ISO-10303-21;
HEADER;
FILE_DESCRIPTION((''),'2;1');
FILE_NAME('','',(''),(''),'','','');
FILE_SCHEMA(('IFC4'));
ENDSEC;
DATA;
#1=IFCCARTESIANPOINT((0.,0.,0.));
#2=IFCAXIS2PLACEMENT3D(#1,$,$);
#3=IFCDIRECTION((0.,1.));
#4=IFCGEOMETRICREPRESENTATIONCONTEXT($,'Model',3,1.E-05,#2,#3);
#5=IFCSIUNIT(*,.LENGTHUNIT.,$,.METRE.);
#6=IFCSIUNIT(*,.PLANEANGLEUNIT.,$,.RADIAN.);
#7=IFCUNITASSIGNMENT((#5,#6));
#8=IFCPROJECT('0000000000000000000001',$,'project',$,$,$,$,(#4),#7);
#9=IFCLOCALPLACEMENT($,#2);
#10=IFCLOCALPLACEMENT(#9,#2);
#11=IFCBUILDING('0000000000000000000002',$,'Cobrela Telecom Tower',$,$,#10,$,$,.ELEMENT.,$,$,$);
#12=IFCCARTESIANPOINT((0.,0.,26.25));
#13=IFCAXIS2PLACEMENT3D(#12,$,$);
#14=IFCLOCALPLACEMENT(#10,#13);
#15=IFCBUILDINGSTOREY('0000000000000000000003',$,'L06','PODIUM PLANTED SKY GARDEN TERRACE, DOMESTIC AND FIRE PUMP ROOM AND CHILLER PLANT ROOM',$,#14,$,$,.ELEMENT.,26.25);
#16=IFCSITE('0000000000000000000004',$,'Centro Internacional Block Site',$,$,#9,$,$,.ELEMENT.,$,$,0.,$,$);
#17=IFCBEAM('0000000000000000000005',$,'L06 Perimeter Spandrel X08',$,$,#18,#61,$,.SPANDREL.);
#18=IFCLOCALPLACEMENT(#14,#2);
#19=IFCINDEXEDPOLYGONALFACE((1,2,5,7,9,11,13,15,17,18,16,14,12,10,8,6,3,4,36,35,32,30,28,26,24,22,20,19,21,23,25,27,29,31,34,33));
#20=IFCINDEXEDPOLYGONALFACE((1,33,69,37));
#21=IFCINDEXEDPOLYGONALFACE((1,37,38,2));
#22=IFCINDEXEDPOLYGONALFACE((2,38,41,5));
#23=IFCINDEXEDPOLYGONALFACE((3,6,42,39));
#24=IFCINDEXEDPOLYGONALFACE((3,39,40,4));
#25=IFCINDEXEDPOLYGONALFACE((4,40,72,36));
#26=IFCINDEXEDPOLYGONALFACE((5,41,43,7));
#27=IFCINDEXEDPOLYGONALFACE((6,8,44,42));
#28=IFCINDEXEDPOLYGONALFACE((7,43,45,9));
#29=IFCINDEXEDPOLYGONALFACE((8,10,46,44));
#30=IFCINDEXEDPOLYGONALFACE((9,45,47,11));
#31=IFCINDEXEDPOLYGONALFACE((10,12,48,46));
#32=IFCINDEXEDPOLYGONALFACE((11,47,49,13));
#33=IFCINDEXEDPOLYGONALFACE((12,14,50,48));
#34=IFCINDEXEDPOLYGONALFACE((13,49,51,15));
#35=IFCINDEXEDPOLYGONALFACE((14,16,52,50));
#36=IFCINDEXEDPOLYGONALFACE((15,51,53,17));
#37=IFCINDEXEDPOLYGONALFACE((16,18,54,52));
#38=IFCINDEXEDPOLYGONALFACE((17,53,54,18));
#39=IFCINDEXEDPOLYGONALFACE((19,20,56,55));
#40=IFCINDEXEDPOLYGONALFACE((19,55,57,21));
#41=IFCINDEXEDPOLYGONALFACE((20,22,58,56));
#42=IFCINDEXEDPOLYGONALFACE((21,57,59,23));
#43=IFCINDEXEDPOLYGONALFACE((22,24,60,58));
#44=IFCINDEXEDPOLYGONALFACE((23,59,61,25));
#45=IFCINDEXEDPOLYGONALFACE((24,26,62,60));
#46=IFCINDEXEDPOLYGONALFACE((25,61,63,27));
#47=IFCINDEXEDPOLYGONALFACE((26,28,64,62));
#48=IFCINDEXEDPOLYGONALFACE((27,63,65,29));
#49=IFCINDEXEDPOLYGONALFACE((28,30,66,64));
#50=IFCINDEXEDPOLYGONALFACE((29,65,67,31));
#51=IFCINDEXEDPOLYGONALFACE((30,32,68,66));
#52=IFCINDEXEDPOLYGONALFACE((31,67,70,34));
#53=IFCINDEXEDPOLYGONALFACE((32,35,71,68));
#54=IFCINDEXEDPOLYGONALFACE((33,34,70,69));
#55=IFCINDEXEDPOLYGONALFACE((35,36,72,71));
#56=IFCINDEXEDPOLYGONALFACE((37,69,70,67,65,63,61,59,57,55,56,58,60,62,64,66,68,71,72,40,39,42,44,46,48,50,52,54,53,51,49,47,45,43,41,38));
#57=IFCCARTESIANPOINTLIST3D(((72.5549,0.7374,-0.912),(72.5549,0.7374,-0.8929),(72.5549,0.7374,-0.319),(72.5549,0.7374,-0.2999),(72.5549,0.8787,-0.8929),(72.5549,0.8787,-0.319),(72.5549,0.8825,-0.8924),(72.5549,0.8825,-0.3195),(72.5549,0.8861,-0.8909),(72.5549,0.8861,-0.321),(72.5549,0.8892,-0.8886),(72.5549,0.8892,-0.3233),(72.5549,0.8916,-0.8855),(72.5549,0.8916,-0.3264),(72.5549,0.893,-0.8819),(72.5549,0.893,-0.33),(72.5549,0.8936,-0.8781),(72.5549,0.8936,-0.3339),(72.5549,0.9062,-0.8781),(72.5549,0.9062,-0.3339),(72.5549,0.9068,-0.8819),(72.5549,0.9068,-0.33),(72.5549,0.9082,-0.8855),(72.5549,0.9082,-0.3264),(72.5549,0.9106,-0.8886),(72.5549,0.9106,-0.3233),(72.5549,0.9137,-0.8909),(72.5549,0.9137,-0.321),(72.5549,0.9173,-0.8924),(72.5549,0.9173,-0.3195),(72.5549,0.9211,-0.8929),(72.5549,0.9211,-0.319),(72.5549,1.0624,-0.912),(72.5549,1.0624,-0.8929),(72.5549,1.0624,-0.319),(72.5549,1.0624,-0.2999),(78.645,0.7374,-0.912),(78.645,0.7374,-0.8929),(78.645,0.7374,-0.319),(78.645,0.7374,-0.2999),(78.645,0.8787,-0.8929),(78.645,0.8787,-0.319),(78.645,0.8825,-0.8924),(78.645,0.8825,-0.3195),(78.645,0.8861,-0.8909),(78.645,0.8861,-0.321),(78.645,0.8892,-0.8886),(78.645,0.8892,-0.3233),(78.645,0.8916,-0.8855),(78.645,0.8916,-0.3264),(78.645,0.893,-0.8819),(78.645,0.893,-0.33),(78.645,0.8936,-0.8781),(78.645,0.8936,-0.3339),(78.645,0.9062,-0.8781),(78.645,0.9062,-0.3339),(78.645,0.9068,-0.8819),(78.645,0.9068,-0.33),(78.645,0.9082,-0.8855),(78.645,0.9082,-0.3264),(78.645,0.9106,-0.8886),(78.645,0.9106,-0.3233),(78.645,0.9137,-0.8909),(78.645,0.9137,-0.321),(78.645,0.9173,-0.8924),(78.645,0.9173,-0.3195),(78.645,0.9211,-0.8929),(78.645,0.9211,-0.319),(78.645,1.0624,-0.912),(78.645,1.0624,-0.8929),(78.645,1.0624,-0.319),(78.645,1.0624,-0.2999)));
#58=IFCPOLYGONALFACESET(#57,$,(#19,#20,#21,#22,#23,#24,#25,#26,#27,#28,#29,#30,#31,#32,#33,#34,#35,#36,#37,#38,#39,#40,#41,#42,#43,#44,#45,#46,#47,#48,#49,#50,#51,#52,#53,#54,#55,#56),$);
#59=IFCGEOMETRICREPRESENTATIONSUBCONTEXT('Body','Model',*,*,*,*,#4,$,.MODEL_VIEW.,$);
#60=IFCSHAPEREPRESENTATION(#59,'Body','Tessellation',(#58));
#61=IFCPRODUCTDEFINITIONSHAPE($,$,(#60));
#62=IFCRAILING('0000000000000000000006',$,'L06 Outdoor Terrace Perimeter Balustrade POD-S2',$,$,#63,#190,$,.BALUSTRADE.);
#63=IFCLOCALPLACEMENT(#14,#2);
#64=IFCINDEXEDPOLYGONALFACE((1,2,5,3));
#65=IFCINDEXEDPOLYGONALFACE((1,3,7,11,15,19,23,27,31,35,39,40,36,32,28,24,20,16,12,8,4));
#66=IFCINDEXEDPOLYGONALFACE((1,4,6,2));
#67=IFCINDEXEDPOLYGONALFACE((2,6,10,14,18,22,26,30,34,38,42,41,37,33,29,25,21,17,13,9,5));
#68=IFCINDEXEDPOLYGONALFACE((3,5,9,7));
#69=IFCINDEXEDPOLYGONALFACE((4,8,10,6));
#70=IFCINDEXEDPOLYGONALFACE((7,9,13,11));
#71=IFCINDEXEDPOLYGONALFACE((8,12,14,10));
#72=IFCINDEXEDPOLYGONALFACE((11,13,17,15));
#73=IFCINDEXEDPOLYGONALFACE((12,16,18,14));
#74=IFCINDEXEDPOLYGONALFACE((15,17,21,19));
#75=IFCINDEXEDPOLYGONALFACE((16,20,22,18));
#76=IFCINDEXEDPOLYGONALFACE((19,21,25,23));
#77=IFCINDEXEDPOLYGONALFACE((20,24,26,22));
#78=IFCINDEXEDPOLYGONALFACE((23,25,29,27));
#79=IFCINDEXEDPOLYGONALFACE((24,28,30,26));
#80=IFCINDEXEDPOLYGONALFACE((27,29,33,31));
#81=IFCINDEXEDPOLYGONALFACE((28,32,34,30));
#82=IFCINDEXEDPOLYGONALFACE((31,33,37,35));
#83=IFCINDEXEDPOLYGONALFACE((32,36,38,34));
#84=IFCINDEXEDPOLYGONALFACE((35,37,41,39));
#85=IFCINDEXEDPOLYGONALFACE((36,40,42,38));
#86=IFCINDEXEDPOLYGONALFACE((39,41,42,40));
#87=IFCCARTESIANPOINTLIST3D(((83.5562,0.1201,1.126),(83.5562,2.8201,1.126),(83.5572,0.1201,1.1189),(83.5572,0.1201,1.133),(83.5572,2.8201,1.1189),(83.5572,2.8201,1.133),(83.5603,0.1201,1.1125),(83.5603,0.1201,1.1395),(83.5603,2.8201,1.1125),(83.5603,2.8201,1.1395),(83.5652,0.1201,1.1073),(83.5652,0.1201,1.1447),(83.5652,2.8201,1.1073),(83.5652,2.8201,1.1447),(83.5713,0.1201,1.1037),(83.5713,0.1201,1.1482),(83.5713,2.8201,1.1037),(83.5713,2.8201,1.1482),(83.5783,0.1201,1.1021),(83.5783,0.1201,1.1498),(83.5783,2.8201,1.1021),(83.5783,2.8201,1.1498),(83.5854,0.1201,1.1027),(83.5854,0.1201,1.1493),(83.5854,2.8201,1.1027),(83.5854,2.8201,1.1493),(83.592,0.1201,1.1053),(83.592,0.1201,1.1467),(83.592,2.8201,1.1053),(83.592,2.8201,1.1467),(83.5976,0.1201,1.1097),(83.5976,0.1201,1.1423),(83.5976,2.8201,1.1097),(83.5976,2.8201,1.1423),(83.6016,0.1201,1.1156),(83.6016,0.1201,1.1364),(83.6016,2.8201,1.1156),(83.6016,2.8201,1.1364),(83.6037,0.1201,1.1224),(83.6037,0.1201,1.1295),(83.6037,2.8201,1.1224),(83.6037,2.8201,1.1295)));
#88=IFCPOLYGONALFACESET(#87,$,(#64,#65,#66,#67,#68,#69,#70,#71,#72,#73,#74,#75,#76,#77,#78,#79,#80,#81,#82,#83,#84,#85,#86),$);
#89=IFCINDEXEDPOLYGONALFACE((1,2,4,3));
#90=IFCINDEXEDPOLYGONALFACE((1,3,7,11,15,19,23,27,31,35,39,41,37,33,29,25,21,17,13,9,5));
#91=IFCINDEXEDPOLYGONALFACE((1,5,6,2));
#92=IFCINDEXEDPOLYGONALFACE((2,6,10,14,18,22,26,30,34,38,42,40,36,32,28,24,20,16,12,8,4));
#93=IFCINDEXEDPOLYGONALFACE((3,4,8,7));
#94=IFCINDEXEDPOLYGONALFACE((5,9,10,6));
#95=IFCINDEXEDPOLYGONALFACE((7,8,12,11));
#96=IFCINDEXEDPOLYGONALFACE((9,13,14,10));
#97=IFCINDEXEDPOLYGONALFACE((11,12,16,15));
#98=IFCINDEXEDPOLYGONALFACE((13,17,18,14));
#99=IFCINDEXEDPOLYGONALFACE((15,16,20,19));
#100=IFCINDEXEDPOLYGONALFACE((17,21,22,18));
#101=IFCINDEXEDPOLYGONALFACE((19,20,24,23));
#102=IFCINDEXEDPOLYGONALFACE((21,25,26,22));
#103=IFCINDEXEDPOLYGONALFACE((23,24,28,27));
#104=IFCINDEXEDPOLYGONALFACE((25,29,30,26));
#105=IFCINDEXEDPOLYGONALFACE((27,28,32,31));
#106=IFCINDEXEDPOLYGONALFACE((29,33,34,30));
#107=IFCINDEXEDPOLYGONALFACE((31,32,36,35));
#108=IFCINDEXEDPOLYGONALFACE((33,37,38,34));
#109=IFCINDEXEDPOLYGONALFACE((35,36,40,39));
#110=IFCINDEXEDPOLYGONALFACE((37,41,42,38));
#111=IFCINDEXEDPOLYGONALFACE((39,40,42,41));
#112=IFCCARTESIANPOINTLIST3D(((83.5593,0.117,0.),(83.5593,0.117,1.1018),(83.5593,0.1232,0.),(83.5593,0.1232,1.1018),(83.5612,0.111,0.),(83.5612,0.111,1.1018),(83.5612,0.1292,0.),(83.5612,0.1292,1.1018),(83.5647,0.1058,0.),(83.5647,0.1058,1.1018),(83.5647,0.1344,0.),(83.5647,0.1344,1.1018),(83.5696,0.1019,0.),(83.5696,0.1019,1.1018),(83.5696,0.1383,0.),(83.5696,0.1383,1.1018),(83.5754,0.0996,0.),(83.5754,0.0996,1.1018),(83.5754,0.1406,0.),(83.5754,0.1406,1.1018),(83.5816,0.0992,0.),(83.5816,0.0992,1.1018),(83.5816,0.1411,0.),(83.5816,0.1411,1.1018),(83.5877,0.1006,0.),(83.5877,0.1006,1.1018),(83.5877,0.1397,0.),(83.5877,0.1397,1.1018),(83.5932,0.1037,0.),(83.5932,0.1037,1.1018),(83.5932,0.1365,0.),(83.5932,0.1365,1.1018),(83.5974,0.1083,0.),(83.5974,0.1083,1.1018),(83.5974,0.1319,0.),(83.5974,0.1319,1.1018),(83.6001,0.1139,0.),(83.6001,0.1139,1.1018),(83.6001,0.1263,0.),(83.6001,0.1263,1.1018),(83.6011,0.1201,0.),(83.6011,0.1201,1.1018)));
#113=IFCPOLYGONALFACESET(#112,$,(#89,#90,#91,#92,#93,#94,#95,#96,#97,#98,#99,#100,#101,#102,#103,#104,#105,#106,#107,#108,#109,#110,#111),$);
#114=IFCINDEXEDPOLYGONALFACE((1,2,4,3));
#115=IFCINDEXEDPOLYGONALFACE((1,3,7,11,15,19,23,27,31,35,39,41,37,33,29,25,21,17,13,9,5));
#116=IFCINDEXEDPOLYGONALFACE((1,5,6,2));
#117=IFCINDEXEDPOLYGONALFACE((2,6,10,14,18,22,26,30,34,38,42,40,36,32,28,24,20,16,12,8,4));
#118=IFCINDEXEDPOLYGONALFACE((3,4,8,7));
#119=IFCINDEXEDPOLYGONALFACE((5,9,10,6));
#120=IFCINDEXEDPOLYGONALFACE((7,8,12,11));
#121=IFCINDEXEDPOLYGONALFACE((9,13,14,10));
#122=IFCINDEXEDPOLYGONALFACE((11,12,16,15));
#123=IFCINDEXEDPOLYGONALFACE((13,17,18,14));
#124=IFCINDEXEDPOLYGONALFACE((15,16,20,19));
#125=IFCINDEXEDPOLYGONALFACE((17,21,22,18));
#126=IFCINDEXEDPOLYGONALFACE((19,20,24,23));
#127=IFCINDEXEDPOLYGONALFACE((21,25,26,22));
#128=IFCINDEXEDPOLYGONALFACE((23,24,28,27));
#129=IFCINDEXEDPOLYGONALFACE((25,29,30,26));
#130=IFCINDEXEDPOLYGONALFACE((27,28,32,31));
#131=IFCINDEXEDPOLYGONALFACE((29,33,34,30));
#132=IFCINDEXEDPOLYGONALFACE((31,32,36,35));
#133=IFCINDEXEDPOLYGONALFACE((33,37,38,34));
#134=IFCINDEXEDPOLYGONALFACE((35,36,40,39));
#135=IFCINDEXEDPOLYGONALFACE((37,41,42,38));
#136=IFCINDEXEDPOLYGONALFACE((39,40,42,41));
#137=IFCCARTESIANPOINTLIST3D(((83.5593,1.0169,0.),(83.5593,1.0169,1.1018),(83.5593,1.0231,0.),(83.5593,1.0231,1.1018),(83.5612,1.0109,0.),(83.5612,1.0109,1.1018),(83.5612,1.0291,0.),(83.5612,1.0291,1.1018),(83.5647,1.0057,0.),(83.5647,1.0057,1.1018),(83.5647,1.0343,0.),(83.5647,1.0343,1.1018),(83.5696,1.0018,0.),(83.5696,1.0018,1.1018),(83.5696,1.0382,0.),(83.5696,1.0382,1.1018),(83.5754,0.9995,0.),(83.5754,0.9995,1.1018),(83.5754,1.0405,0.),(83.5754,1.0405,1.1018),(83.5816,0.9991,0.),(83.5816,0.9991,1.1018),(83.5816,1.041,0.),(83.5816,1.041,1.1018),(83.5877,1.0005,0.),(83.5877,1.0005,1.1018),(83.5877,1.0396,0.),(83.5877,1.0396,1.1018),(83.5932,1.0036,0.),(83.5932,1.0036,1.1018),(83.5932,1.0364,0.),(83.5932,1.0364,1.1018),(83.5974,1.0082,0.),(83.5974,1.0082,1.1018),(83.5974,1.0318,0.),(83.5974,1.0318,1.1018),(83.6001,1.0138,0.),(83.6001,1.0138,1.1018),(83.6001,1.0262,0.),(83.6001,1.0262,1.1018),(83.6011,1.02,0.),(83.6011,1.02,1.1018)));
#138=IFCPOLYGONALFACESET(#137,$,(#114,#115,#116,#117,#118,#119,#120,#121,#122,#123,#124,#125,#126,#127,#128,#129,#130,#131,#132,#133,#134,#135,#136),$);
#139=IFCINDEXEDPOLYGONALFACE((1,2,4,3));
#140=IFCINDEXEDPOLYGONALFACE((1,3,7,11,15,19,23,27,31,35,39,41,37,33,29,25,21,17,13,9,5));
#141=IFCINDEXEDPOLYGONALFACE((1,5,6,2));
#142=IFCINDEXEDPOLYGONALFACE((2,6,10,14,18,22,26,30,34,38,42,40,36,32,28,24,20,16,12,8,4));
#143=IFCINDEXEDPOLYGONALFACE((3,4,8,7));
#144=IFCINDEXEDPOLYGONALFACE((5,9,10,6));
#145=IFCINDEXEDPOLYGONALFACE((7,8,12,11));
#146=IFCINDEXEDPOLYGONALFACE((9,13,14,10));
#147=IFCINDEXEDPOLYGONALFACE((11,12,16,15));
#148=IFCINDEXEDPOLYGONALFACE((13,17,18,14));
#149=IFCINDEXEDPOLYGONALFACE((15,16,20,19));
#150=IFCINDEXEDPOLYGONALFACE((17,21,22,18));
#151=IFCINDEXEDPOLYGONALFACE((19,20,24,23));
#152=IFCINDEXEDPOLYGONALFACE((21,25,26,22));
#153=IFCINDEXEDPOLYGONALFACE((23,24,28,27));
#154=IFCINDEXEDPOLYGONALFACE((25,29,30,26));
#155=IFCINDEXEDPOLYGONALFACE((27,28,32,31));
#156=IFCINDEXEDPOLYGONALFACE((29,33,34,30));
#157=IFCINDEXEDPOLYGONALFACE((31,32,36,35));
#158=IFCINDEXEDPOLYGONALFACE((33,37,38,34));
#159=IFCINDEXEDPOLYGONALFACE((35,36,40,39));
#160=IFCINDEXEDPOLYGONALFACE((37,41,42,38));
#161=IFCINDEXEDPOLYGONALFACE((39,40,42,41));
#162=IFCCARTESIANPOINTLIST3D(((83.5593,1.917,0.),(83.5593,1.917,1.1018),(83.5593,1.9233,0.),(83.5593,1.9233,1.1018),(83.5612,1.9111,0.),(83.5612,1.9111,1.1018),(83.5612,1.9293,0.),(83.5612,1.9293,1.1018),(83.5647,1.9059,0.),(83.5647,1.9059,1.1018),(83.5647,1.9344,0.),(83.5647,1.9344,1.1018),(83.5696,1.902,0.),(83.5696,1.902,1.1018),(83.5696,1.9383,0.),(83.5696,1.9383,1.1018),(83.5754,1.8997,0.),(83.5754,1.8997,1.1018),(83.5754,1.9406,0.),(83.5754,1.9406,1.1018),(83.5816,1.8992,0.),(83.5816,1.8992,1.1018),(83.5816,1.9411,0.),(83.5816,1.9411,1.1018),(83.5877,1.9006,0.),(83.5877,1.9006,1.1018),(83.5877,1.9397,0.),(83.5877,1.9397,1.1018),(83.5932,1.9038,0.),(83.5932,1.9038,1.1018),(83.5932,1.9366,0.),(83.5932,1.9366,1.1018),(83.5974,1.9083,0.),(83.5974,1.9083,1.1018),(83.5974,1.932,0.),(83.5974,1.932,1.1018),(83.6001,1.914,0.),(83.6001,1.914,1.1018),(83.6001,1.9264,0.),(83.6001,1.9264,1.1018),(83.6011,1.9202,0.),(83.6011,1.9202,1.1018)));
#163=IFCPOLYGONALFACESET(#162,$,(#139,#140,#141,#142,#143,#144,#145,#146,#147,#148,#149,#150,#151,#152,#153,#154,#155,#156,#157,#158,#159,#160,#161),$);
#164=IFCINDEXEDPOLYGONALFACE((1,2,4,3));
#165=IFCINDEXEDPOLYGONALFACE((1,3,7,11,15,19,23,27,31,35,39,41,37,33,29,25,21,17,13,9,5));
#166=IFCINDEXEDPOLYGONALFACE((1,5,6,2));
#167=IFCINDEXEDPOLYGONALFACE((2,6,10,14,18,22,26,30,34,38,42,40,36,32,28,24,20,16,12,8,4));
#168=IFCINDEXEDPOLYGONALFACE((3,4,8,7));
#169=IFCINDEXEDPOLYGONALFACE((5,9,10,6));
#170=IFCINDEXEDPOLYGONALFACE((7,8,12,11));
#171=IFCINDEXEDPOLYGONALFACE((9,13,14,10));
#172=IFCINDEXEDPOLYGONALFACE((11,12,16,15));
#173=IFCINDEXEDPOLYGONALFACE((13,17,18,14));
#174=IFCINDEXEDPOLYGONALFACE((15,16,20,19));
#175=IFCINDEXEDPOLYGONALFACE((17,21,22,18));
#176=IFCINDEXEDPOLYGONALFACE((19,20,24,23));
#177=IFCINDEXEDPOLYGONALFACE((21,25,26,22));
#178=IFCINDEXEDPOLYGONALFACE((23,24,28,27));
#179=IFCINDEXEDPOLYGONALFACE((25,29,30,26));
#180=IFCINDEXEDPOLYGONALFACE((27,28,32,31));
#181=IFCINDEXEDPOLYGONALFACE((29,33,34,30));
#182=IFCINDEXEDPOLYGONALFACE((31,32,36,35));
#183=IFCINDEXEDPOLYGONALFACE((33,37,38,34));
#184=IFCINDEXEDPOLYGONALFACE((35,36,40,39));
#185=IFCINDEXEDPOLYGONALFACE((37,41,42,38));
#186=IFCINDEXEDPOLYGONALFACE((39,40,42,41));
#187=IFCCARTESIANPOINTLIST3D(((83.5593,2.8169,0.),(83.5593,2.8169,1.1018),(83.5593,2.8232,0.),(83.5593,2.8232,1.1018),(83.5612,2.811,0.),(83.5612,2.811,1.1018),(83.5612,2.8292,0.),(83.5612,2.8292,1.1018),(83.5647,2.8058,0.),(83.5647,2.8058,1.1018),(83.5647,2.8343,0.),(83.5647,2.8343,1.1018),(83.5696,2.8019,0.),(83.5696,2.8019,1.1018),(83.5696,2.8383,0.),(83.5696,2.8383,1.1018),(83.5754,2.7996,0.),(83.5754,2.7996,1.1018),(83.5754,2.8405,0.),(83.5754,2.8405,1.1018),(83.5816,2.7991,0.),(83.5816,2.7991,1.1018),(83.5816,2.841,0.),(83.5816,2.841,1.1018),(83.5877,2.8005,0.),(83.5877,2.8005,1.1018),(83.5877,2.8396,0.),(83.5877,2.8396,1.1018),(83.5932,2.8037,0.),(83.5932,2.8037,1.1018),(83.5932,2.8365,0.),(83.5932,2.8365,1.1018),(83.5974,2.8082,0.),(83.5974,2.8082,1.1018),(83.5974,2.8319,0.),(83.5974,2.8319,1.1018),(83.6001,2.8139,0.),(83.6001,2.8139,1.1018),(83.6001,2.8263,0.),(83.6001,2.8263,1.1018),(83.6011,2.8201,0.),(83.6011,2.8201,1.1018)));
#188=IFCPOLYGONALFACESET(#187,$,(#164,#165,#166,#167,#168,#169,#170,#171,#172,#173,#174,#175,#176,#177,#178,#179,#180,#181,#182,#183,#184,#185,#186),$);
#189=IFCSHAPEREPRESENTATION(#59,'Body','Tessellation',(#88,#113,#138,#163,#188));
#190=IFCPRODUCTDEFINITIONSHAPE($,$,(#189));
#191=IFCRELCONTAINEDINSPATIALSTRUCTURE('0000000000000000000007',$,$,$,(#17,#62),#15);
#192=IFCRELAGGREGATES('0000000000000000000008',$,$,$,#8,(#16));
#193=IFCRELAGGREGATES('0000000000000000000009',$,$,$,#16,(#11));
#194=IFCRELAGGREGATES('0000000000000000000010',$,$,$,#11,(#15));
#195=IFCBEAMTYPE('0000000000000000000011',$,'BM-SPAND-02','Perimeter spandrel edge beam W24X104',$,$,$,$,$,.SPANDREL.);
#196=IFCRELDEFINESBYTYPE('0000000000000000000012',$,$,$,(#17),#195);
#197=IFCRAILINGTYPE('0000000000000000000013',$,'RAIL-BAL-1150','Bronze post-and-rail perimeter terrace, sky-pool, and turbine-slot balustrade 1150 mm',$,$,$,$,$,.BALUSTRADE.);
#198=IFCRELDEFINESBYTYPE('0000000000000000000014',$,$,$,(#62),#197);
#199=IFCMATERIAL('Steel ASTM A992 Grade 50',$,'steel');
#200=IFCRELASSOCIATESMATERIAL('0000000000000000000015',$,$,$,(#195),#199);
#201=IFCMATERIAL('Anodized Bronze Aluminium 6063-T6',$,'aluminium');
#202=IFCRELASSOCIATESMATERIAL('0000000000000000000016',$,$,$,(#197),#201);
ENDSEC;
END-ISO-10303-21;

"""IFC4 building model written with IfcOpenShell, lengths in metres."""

from ifc_helpers import new_model, si_unit, direction, frame, origin, origin_2d, place, context, subcontext, project, spatial, circle, i_section, extrude, material, material_profile, profile_set, type_object, element, save


model = new_model("IFC4")

# Units and contexts
model_context = context("Model", 3, precision=1e-05, world=origin(), true_north=direction((0.0, 1.0)))
body_context = subcontext(model_context, "Body", "Model", "MODEL_VIEW")
ifc_project = project(units=[si_unit("LENGTHUNIT", "METRE"), si_unit("PLANEANGLEUNIT", "RADIAN")], contexts=[model_context])

# Site, building, storey
site_placement = place(None, origin())
site = spatial("IfcSite", under=ifc_project, at=site_placement, Name="Centro Internacional Block Site", CompositionType="ELEMENT", RefElevation=0.0)
building_placement = place(site_placement, origin())
building = spatial("IfcBuilding", under=site, at=building_placement, Name="Cobrela Telecom Tower", CompositionType="ELEMENT")
storey_placement = place(building_placement, frame((0.0, 0.0, 26.25)))
storey = spatial("IfcBuildingStorey", under=building, at=storey_placement, Name="L06", Description="PODIUM PLANTED SKY GARDEN TERRACE, DOMESTIC AND FIRE PUMP ROOM AND CHILLER PLANT ROOM", CompositionType="ELEMENT", Elevation=26.25)

# Beam
ifc_material_1 = material(Name="Steel ASTM A992 Grade 50", Category="steel")
ifc_material_profile_1 = material_profile(ifc_material_1, i_section(OverallWidth=0.325, OverallDepth=0.6121, WebThickness=0.0127, FlangeThickness=0.019, FilletRadius=0.0149, at=origin_2d()), Name="W24X104")
ifc_profile_set_1 = profile_set([ifc_material_profile_1], Name="Steel ASTM A992 Grade 50")
beam_type_1 = type_object("IfcBeamType", Name="BM-SPAND-02", Description="Perimeter spandrel edge beam W24X104", PredefinedType="SPANDREL", material=ifc_profile_set_1)
for number, where, z_axis, x_axis, name in (
    (1, (72.5549, 0.8999, -0.606), (1.0, 0.0, 0.0), (0.0, 1.0, 0.0), "L06 Perimeter Spandrel X08"),
):
    element("IfcBeam", number, at=place(storey_placement, frame(where, z_axis=z_axis, x_axis=x_axis)), inside=storey, type_object=beam_type_1, Name=name, PredefinedType="SPANDREL", context=body_context, shape_type="SweptSolid", body=[
        extrude(i_section(OverallWidth=0.325, OverallDepth=0.6121, WebThickness=0.0127, FlangeThickness=0.019, FilletRadius=0.0149, at=origin_2d()), origin(), (0.0, 0.0, 1.0), 6.0901),
    ])

# Railing
ifc_material_2 = material(Name="Anodized Bronze Aluminium 6063-T6", Category="aluminium")
railing_type = type_object("IfcRailingType", Name="RAIL-BAL-1150", Description="Bronze post-and-rail perimeter terrace, sky-pool, and turbine-slot balustrade 1150 mm", PredefinedType="BALUSTRADE", material=ifc_material_2)
railing_1_placement = place(storey_placement, frame((83.5801, 0.1201, 0.0)))
element("IfcRailing", 2, at=railing_1_placement, inside=storey, type_object=railing_type, Name="L06 Outdoor Terrace Perimeter Balustrade POD-S2", PredefinedType="BALUSTRADE", context=body_context, shape_type="SweptSolid", body=[
    extrude(circle(Radius=0.0239, at=origin_2d()), frame((0.0, 0.0, 1.126), z_axis=(0.0, 1.0, 0.0), x_axis=(-1.0, 0.0, 0.0)), (0.0, 0.0, 1.0), 2.7),
    extrude(circle(Radius=0.021, at=origin_2d()), origin(), (0.0, 0.0, 1.0), 1.1018),
    extrude(circle(Radius=0.021, at=origin_2d()), frame((0.0, 0.8999, 0.0)), (0.0, 0.0, 1.0), 1.1018),
    extrude(circle(Radius=0.021, at=origin_2d()), frame((0.0, 1.8, 0.0)), (0.0, 0.0, 1.0), 1.1018),
    extrude(circle(Radius=0.021, at=origin_2d()), frame((0.0, 2.7, 0.0)), (0.0, 0.0, 1.0), 1.1018),
])

save(model, "model.ifc")
